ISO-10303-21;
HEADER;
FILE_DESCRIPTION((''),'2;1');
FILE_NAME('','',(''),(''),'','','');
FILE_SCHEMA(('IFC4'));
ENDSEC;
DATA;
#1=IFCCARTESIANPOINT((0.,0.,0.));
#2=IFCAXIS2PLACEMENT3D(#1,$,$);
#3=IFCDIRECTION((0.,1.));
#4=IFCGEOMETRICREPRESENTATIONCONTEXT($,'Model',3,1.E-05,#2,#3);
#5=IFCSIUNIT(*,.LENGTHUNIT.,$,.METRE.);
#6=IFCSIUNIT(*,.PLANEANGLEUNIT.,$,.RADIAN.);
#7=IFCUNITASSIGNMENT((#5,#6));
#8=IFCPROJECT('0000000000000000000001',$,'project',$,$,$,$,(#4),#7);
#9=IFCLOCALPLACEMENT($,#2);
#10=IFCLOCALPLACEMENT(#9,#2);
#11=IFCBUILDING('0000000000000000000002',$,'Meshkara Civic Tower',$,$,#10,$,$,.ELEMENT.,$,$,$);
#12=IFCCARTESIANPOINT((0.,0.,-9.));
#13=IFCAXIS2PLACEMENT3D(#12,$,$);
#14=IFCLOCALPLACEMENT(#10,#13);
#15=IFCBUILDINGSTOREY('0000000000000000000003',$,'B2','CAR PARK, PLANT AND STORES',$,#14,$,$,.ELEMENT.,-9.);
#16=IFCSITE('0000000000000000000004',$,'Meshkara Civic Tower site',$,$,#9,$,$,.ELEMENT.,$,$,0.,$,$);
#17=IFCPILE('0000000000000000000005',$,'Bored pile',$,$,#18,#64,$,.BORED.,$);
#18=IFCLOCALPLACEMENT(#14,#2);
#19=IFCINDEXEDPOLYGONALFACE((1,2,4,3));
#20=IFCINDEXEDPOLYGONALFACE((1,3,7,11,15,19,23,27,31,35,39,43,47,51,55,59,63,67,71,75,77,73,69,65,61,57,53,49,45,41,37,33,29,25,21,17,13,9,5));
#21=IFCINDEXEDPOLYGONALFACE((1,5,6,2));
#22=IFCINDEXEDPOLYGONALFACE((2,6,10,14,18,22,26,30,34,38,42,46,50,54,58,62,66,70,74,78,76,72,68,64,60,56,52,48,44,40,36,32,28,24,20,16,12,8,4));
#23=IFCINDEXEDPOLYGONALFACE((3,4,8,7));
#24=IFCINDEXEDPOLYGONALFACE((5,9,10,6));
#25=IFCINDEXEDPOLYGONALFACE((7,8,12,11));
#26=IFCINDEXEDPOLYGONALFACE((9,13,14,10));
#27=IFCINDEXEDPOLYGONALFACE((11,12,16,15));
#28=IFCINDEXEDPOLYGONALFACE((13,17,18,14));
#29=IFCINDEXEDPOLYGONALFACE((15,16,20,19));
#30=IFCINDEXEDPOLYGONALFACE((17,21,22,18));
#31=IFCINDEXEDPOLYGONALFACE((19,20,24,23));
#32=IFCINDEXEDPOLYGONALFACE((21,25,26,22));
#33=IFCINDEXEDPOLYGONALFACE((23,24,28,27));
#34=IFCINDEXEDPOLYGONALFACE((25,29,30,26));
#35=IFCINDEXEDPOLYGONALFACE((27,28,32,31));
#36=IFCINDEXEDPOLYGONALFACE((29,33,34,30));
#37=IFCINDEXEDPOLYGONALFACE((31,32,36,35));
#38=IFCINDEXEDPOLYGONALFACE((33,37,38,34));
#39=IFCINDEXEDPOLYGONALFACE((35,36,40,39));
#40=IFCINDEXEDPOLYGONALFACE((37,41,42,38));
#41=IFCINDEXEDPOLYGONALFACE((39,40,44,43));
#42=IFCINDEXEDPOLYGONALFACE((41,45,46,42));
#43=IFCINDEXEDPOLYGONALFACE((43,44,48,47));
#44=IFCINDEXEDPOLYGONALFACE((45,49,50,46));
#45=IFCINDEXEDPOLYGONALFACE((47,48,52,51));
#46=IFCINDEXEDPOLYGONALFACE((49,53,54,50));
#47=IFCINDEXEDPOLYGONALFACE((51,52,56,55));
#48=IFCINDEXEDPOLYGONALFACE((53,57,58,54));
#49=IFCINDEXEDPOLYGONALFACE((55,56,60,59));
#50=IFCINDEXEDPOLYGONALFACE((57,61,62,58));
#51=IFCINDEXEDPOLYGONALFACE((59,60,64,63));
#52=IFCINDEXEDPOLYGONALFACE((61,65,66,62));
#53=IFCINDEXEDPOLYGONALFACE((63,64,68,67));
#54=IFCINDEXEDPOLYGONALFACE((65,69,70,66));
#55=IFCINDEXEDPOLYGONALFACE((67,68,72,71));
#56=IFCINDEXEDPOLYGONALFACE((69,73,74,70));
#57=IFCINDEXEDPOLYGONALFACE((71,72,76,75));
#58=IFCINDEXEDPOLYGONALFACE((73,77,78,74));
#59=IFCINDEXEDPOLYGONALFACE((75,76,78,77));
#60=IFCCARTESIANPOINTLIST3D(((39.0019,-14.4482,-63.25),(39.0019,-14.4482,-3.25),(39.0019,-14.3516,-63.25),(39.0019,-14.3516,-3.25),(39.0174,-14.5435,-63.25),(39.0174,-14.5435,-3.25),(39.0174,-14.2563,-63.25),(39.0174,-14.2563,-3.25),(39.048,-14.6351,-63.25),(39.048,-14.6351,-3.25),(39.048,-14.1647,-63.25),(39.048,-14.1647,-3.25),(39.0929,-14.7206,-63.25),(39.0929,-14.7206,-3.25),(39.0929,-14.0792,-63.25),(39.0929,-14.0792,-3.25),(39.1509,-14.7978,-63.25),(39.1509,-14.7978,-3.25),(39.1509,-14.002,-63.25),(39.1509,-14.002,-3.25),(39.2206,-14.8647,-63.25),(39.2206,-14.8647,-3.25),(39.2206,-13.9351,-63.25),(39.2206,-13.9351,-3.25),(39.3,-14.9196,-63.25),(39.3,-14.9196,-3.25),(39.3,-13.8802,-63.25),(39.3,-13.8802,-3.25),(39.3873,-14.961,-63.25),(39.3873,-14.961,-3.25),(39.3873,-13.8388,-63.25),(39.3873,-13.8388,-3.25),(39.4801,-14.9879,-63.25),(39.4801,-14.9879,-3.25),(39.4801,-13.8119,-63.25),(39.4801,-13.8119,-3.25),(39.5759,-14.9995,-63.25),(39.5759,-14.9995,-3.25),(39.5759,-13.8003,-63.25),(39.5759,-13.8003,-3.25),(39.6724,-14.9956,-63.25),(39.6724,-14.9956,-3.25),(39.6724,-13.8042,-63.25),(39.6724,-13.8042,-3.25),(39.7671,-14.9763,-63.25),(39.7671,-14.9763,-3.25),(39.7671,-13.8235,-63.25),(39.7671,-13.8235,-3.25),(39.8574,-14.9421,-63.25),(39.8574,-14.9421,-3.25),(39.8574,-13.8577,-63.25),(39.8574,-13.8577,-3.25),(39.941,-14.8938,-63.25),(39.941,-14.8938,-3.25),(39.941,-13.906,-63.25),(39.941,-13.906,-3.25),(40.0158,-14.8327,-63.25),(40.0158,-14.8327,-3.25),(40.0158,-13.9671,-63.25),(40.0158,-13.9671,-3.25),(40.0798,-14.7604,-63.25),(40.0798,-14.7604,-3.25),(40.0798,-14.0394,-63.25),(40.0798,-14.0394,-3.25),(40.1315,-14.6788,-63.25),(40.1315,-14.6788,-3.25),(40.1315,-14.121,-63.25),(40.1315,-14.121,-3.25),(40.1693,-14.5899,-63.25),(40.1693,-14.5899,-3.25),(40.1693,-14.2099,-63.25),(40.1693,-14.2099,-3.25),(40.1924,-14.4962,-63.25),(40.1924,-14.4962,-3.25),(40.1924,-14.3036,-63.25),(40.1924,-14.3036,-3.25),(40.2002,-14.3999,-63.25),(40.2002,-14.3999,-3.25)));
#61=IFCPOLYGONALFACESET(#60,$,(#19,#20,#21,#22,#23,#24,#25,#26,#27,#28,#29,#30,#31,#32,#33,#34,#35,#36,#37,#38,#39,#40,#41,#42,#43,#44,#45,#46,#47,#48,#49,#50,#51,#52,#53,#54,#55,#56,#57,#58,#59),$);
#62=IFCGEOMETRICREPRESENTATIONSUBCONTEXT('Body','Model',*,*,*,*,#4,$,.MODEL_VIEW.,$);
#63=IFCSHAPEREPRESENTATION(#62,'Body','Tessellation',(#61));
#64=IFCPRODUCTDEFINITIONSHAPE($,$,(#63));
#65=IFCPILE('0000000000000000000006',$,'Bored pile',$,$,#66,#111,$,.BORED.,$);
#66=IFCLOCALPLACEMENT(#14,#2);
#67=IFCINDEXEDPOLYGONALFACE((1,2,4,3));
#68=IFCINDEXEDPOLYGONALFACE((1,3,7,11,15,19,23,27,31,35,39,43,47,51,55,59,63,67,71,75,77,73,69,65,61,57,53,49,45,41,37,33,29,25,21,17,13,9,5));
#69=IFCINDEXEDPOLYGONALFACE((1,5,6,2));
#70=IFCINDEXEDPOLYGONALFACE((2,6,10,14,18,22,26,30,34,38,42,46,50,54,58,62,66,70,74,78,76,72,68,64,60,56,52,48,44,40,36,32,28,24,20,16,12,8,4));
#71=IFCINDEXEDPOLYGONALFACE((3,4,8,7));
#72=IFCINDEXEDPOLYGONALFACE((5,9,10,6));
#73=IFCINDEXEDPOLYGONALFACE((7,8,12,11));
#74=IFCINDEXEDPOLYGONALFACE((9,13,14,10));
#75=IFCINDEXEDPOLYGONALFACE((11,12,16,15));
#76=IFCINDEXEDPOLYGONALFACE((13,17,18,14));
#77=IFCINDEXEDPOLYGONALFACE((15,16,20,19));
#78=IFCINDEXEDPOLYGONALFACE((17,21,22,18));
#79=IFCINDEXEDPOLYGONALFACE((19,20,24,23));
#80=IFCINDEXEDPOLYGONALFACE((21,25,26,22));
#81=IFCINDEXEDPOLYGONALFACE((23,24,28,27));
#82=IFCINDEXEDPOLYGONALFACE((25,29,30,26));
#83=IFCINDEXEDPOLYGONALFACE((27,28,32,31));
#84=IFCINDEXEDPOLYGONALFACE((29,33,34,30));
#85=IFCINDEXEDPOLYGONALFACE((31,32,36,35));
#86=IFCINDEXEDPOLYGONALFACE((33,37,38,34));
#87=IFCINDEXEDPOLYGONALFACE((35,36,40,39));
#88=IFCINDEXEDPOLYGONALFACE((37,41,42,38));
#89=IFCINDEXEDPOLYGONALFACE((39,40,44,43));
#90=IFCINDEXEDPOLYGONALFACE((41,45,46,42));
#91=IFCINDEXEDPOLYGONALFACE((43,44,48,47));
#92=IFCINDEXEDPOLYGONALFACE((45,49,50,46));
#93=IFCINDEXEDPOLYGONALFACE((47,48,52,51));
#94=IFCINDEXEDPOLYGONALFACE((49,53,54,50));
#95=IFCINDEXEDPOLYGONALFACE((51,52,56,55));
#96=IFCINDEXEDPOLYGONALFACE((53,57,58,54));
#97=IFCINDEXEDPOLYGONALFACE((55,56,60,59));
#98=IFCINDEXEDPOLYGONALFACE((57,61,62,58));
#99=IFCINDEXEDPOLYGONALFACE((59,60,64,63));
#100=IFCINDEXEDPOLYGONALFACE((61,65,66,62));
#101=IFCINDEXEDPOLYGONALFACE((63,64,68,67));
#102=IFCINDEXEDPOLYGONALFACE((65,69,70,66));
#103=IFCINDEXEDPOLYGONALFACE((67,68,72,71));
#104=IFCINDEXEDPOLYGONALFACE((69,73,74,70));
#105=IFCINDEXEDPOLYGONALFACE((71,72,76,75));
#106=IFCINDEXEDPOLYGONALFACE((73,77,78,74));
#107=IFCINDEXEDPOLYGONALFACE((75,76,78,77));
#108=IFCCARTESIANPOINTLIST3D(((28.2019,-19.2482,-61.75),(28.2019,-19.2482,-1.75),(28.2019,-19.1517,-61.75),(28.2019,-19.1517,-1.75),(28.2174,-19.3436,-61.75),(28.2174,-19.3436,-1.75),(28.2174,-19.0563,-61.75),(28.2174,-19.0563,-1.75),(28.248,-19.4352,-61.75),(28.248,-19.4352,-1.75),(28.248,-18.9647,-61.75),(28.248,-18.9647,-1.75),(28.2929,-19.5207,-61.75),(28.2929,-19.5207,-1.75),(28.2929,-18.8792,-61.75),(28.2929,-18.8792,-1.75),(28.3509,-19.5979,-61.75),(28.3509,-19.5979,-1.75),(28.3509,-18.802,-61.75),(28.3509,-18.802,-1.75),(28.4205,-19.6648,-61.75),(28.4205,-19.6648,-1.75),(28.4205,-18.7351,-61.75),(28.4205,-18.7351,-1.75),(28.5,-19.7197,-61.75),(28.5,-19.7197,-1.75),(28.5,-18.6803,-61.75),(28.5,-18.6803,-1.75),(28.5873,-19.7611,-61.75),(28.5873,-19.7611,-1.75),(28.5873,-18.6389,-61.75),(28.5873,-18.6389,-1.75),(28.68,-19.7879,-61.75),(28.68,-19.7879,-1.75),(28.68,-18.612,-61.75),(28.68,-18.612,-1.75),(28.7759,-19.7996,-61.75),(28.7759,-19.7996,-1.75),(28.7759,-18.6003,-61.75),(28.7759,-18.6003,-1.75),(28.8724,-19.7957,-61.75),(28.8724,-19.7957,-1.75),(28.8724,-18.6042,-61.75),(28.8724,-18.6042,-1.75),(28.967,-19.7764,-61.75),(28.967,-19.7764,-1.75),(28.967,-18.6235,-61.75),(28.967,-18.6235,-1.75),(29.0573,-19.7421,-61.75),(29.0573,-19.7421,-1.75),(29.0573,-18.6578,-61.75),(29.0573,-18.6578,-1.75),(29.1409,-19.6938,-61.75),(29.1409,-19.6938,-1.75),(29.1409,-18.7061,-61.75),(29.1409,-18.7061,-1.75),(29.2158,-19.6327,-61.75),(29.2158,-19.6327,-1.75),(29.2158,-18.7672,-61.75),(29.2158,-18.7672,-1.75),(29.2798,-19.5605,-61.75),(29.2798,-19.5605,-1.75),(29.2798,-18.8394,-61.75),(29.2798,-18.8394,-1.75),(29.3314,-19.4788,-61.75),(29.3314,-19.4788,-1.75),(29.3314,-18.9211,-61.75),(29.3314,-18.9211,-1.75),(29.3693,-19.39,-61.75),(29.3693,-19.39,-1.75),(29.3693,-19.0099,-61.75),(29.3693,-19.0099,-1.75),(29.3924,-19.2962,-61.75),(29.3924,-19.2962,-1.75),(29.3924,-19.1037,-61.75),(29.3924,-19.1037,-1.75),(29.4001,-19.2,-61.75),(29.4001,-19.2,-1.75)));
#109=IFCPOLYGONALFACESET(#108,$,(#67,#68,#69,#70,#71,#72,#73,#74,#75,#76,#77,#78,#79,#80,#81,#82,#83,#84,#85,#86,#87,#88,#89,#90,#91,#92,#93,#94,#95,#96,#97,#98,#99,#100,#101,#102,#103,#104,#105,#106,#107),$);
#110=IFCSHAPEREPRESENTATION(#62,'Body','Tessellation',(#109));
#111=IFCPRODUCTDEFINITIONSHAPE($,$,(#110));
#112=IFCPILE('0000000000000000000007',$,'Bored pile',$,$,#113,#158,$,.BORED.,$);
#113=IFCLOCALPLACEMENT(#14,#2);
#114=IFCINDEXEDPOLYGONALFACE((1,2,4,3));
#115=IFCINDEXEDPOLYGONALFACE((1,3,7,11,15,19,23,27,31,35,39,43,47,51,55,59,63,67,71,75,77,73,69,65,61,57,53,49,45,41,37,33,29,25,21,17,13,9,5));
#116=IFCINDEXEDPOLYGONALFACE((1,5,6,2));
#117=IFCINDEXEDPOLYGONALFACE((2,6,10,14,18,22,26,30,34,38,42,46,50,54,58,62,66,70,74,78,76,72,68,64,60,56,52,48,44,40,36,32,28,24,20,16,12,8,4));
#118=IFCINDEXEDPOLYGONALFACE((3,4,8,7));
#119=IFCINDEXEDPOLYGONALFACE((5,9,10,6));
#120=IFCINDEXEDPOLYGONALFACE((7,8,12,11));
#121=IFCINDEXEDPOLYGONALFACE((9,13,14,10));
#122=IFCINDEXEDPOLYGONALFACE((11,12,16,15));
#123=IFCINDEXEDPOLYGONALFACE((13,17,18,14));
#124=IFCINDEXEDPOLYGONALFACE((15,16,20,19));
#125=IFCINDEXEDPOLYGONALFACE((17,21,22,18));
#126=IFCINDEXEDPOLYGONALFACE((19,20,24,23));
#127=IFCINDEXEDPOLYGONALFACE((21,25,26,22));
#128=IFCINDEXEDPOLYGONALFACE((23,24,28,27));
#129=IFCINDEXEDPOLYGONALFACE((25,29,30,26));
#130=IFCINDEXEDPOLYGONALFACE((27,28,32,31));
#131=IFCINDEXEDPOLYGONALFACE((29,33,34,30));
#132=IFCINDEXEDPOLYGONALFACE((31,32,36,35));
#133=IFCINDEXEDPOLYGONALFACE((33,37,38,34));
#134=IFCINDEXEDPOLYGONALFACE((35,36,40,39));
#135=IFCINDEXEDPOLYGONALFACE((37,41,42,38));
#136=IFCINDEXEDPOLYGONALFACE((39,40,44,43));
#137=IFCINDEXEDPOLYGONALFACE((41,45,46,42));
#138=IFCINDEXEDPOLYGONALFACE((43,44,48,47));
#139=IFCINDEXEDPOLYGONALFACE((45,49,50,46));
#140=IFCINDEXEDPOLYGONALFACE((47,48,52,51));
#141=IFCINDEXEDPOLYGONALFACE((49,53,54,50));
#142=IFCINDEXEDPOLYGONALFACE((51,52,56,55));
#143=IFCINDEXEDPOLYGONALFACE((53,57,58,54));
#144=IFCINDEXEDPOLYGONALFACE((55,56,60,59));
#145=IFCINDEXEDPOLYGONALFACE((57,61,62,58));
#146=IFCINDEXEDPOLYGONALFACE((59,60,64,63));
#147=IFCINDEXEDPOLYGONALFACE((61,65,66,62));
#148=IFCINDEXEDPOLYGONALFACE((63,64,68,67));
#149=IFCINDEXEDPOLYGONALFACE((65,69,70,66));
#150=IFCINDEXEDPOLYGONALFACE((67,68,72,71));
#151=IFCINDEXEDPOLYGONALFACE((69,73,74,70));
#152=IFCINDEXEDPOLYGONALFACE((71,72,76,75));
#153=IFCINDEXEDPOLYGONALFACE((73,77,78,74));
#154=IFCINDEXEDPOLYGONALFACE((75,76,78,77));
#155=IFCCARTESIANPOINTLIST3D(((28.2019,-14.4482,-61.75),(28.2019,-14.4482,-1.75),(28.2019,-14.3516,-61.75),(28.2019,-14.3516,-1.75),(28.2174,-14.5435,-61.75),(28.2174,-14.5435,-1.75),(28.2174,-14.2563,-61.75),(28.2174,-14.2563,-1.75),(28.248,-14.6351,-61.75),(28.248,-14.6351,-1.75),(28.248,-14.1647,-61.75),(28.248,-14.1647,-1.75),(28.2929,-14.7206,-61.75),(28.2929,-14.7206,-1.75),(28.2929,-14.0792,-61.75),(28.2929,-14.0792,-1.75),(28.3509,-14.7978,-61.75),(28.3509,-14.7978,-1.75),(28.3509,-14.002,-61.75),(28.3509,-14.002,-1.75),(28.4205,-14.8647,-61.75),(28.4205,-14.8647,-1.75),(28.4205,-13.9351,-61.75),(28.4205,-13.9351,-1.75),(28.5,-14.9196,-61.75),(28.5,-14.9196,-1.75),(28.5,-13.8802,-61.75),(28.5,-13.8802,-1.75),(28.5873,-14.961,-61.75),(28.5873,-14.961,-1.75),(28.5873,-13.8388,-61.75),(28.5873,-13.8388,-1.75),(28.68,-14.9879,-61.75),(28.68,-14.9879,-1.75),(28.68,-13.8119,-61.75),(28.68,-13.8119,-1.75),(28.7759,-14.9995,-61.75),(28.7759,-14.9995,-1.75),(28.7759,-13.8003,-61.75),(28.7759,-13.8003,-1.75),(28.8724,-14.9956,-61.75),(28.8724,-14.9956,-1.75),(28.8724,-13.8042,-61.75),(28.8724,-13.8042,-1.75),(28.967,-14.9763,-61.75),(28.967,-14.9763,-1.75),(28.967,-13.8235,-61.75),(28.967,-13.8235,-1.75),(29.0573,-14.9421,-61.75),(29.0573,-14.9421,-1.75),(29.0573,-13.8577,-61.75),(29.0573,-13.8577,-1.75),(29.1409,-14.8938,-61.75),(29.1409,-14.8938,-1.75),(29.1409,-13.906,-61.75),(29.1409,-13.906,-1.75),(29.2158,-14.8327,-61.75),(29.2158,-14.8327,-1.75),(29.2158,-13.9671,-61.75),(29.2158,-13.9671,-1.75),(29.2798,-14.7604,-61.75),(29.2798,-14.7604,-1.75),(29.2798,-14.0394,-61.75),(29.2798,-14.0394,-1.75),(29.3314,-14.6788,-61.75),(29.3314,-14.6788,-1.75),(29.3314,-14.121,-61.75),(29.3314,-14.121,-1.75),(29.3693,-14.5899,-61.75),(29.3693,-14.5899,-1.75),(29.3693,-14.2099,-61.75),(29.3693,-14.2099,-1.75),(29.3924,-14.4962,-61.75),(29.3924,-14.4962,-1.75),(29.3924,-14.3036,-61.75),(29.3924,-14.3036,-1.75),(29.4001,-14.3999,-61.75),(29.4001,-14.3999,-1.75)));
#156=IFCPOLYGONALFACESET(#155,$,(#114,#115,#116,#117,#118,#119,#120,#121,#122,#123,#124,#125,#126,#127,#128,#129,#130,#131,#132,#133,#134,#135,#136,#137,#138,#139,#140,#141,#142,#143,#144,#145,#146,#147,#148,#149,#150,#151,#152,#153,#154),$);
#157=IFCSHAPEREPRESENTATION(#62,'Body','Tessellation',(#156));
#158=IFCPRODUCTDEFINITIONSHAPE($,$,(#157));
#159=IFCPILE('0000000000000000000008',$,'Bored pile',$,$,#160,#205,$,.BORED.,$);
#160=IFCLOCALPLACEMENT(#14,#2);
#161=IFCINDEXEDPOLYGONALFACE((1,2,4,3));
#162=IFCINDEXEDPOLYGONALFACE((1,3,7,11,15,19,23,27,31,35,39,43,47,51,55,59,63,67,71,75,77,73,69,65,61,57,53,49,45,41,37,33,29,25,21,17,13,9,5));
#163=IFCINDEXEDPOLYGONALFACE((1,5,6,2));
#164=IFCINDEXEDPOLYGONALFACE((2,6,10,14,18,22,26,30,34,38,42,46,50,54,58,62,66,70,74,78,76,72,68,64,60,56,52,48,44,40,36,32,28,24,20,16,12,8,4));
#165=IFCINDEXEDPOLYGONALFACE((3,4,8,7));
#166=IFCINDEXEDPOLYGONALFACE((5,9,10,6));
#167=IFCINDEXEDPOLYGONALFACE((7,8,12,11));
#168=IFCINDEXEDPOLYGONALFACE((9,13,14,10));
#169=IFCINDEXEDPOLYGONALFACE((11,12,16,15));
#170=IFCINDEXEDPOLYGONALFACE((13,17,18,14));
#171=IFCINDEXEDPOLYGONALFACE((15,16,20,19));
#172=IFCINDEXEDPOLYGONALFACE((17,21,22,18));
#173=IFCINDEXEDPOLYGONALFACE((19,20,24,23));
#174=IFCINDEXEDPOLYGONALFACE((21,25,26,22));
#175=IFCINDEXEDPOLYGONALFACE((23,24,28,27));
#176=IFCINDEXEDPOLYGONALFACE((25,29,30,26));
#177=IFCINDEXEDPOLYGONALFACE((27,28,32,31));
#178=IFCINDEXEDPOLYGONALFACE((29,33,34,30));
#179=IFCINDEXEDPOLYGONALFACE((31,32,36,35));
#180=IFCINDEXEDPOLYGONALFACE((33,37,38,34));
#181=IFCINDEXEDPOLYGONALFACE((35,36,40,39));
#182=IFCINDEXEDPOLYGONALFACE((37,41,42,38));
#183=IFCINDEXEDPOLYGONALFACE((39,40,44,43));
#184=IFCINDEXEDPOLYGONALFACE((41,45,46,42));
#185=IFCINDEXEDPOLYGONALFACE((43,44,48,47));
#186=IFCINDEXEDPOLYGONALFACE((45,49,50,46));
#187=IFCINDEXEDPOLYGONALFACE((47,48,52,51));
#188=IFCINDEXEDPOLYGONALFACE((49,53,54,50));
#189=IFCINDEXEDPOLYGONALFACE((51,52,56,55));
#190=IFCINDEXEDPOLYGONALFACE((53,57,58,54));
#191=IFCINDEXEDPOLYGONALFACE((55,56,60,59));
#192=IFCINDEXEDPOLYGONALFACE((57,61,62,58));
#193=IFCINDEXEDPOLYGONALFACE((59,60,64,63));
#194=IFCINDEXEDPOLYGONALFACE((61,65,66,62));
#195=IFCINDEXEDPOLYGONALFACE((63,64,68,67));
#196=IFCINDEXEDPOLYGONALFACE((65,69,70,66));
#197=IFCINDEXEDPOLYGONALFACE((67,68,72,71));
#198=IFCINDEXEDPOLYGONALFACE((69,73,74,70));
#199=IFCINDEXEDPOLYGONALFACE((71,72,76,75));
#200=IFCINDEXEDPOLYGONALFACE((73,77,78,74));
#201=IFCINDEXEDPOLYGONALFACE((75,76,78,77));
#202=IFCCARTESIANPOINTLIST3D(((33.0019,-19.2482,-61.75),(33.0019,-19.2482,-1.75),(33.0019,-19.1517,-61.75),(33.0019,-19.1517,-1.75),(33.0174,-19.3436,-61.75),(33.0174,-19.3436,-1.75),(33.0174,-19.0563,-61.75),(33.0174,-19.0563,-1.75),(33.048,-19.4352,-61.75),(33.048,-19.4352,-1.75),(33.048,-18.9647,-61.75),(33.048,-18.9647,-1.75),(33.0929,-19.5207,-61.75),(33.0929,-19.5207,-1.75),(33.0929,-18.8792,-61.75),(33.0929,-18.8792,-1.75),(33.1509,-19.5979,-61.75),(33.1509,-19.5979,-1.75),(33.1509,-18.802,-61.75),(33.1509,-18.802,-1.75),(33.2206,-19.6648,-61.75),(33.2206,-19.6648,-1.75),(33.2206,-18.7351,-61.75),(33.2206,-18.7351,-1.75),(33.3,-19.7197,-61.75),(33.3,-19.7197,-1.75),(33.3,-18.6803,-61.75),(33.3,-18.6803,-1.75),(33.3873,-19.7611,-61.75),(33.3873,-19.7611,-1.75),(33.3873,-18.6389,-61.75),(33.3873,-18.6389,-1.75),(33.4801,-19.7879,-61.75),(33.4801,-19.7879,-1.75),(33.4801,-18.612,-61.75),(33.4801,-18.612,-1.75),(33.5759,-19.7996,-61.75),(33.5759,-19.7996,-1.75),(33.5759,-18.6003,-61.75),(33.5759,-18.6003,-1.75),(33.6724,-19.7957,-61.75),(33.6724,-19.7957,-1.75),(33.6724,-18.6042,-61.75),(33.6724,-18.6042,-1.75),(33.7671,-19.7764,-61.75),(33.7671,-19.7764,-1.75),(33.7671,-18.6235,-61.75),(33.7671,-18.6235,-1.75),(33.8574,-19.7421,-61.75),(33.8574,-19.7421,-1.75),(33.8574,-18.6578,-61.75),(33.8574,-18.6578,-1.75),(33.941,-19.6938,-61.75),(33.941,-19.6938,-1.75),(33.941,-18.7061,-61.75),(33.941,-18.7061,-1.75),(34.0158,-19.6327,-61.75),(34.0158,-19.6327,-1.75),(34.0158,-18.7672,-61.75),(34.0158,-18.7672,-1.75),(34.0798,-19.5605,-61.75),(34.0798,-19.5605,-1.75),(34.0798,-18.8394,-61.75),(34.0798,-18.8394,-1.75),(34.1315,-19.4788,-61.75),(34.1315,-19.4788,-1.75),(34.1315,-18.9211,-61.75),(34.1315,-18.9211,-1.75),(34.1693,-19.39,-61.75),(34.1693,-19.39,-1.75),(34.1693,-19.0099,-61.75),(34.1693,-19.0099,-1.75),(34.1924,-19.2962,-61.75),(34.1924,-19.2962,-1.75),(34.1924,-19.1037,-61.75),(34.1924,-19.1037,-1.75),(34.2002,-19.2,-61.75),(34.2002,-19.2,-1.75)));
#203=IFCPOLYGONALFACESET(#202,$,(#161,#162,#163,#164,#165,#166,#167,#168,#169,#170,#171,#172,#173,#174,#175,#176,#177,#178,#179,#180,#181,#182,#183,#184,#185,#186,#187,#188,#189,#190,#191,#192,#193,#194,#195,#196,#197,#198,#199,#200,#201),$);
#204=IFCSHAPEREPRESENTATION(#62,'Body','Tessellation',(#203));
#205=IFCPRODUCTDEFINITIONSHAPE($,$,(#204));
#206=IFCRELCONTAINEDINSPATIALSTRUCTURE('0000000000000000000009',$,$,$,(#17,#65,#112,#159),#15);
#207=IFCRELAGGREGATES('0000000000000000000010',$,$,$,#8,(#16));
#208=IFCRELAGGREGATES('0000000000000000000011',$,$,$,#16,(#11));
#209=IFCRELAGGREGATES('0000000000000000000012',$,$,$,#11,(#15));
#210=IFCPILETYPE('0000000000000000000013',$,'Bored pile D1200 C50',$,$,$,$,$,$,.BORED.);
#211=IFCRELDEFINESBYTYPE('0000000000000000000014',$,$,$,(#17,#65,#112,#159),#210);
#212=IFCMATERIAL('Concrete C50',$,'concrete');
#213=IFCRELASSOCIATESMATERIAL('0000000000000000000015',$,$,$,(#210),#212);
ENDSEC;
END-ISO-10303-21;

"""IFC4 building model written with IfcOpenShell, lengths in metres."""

from ifc_helpers import new_model, si_unit, direction, frame, origin, origin_2d, place, context, subcontext, project, spatial, circle, extrude, material, material_profile, profile_set, type_object, element, save


model = new_model("IFC4")

# Units and contexts
model_context = context("Model", 3, precision=1e-05, world=origin(), true_north=direction((0.0, 1.0)))
body_context = subcontext(model_context, "Body", "Model", "MODEL_VIEW")
ifc_project = project(units=[si_unit("LENGTHUNIT", "METRE"), si_unit("PLANEANGLEUNIT", "RADIAN")], contexts=[model_context])

# Site, building, storey
site_placement = place(None, origin())
site = spatial("IfcSite", under=ifc_project, at=site_placement, Name="Meshkara Civic Tower site", CompositionType="ELEMENT", RefElevation=0.0)
building_placement = place(site_placement, origin())
building = spatial("IfcBuilding", under=site, at=building_placement, Name="Meshkara Civic Tower", CompositionType="ELEMENT")
storey_placement = place(building_placement, frame((0.0, 0.0, -9.0)))
storey = spatial("IfcBuildingStorey", under=building, at=storey_placement, Name="B2", Description="CAR PARK, PLANT AND STORES", CompositionType="ELEMENT", Elevation=-9.0)

# Piles
ifc_material_1 = material(Name="Concrete C50", Category="concrete")
ifc_material_profile_1 = material_profile(ifc_material_1, circle(Radius=0.6001, at=origin_2d()))
ifc_profile_set_1 = profile_set([ifc_material_profile_1], Name="Concrete C50")
pile_type = type_object("IfcPileType", Name="Bored pile D1200 C50", PredefinedType="BORED", material=ifc_profile_set_1)
for number, where, z_axis, x_axis, name in (
    (1, (39.6001, -14.3999, -3.25), (0.0, 0.0, -1.0), (1.0, 0.0, 0.0), "Bored pile"),
    (2, (28.8, -19.2, -1.75), (0.0, 0.0, -1.0), (1.0, 0.0, 0.0), "Bored pile"),
    (3, (28.8, -14.3999, -1.75), (0.0, 0.0, -1.0), (1.0, 0.0, 0.0), "Bored pile"),
    (4, (33.6001, -19.2, -1.75), (0.0, 0.0, -1.0), (1.0, 0.0, 0.0), "Bored pile"),
):
    element("IfcPile", number, at=place(storey_placement, frame(where, z_axis=z_axis, x_axis=x_axis)), inside=storey, type_object=pile_type, Name=name, PredefinedType="BORED", context=body_context, shape_type="SweptSolid", body=[
        extrude(circle(Radius=0.6001, at=origin_2d()), origin(), (0.0, 0.0, 1.0), 60.0),
    ])

save(model, "model.ifc")
